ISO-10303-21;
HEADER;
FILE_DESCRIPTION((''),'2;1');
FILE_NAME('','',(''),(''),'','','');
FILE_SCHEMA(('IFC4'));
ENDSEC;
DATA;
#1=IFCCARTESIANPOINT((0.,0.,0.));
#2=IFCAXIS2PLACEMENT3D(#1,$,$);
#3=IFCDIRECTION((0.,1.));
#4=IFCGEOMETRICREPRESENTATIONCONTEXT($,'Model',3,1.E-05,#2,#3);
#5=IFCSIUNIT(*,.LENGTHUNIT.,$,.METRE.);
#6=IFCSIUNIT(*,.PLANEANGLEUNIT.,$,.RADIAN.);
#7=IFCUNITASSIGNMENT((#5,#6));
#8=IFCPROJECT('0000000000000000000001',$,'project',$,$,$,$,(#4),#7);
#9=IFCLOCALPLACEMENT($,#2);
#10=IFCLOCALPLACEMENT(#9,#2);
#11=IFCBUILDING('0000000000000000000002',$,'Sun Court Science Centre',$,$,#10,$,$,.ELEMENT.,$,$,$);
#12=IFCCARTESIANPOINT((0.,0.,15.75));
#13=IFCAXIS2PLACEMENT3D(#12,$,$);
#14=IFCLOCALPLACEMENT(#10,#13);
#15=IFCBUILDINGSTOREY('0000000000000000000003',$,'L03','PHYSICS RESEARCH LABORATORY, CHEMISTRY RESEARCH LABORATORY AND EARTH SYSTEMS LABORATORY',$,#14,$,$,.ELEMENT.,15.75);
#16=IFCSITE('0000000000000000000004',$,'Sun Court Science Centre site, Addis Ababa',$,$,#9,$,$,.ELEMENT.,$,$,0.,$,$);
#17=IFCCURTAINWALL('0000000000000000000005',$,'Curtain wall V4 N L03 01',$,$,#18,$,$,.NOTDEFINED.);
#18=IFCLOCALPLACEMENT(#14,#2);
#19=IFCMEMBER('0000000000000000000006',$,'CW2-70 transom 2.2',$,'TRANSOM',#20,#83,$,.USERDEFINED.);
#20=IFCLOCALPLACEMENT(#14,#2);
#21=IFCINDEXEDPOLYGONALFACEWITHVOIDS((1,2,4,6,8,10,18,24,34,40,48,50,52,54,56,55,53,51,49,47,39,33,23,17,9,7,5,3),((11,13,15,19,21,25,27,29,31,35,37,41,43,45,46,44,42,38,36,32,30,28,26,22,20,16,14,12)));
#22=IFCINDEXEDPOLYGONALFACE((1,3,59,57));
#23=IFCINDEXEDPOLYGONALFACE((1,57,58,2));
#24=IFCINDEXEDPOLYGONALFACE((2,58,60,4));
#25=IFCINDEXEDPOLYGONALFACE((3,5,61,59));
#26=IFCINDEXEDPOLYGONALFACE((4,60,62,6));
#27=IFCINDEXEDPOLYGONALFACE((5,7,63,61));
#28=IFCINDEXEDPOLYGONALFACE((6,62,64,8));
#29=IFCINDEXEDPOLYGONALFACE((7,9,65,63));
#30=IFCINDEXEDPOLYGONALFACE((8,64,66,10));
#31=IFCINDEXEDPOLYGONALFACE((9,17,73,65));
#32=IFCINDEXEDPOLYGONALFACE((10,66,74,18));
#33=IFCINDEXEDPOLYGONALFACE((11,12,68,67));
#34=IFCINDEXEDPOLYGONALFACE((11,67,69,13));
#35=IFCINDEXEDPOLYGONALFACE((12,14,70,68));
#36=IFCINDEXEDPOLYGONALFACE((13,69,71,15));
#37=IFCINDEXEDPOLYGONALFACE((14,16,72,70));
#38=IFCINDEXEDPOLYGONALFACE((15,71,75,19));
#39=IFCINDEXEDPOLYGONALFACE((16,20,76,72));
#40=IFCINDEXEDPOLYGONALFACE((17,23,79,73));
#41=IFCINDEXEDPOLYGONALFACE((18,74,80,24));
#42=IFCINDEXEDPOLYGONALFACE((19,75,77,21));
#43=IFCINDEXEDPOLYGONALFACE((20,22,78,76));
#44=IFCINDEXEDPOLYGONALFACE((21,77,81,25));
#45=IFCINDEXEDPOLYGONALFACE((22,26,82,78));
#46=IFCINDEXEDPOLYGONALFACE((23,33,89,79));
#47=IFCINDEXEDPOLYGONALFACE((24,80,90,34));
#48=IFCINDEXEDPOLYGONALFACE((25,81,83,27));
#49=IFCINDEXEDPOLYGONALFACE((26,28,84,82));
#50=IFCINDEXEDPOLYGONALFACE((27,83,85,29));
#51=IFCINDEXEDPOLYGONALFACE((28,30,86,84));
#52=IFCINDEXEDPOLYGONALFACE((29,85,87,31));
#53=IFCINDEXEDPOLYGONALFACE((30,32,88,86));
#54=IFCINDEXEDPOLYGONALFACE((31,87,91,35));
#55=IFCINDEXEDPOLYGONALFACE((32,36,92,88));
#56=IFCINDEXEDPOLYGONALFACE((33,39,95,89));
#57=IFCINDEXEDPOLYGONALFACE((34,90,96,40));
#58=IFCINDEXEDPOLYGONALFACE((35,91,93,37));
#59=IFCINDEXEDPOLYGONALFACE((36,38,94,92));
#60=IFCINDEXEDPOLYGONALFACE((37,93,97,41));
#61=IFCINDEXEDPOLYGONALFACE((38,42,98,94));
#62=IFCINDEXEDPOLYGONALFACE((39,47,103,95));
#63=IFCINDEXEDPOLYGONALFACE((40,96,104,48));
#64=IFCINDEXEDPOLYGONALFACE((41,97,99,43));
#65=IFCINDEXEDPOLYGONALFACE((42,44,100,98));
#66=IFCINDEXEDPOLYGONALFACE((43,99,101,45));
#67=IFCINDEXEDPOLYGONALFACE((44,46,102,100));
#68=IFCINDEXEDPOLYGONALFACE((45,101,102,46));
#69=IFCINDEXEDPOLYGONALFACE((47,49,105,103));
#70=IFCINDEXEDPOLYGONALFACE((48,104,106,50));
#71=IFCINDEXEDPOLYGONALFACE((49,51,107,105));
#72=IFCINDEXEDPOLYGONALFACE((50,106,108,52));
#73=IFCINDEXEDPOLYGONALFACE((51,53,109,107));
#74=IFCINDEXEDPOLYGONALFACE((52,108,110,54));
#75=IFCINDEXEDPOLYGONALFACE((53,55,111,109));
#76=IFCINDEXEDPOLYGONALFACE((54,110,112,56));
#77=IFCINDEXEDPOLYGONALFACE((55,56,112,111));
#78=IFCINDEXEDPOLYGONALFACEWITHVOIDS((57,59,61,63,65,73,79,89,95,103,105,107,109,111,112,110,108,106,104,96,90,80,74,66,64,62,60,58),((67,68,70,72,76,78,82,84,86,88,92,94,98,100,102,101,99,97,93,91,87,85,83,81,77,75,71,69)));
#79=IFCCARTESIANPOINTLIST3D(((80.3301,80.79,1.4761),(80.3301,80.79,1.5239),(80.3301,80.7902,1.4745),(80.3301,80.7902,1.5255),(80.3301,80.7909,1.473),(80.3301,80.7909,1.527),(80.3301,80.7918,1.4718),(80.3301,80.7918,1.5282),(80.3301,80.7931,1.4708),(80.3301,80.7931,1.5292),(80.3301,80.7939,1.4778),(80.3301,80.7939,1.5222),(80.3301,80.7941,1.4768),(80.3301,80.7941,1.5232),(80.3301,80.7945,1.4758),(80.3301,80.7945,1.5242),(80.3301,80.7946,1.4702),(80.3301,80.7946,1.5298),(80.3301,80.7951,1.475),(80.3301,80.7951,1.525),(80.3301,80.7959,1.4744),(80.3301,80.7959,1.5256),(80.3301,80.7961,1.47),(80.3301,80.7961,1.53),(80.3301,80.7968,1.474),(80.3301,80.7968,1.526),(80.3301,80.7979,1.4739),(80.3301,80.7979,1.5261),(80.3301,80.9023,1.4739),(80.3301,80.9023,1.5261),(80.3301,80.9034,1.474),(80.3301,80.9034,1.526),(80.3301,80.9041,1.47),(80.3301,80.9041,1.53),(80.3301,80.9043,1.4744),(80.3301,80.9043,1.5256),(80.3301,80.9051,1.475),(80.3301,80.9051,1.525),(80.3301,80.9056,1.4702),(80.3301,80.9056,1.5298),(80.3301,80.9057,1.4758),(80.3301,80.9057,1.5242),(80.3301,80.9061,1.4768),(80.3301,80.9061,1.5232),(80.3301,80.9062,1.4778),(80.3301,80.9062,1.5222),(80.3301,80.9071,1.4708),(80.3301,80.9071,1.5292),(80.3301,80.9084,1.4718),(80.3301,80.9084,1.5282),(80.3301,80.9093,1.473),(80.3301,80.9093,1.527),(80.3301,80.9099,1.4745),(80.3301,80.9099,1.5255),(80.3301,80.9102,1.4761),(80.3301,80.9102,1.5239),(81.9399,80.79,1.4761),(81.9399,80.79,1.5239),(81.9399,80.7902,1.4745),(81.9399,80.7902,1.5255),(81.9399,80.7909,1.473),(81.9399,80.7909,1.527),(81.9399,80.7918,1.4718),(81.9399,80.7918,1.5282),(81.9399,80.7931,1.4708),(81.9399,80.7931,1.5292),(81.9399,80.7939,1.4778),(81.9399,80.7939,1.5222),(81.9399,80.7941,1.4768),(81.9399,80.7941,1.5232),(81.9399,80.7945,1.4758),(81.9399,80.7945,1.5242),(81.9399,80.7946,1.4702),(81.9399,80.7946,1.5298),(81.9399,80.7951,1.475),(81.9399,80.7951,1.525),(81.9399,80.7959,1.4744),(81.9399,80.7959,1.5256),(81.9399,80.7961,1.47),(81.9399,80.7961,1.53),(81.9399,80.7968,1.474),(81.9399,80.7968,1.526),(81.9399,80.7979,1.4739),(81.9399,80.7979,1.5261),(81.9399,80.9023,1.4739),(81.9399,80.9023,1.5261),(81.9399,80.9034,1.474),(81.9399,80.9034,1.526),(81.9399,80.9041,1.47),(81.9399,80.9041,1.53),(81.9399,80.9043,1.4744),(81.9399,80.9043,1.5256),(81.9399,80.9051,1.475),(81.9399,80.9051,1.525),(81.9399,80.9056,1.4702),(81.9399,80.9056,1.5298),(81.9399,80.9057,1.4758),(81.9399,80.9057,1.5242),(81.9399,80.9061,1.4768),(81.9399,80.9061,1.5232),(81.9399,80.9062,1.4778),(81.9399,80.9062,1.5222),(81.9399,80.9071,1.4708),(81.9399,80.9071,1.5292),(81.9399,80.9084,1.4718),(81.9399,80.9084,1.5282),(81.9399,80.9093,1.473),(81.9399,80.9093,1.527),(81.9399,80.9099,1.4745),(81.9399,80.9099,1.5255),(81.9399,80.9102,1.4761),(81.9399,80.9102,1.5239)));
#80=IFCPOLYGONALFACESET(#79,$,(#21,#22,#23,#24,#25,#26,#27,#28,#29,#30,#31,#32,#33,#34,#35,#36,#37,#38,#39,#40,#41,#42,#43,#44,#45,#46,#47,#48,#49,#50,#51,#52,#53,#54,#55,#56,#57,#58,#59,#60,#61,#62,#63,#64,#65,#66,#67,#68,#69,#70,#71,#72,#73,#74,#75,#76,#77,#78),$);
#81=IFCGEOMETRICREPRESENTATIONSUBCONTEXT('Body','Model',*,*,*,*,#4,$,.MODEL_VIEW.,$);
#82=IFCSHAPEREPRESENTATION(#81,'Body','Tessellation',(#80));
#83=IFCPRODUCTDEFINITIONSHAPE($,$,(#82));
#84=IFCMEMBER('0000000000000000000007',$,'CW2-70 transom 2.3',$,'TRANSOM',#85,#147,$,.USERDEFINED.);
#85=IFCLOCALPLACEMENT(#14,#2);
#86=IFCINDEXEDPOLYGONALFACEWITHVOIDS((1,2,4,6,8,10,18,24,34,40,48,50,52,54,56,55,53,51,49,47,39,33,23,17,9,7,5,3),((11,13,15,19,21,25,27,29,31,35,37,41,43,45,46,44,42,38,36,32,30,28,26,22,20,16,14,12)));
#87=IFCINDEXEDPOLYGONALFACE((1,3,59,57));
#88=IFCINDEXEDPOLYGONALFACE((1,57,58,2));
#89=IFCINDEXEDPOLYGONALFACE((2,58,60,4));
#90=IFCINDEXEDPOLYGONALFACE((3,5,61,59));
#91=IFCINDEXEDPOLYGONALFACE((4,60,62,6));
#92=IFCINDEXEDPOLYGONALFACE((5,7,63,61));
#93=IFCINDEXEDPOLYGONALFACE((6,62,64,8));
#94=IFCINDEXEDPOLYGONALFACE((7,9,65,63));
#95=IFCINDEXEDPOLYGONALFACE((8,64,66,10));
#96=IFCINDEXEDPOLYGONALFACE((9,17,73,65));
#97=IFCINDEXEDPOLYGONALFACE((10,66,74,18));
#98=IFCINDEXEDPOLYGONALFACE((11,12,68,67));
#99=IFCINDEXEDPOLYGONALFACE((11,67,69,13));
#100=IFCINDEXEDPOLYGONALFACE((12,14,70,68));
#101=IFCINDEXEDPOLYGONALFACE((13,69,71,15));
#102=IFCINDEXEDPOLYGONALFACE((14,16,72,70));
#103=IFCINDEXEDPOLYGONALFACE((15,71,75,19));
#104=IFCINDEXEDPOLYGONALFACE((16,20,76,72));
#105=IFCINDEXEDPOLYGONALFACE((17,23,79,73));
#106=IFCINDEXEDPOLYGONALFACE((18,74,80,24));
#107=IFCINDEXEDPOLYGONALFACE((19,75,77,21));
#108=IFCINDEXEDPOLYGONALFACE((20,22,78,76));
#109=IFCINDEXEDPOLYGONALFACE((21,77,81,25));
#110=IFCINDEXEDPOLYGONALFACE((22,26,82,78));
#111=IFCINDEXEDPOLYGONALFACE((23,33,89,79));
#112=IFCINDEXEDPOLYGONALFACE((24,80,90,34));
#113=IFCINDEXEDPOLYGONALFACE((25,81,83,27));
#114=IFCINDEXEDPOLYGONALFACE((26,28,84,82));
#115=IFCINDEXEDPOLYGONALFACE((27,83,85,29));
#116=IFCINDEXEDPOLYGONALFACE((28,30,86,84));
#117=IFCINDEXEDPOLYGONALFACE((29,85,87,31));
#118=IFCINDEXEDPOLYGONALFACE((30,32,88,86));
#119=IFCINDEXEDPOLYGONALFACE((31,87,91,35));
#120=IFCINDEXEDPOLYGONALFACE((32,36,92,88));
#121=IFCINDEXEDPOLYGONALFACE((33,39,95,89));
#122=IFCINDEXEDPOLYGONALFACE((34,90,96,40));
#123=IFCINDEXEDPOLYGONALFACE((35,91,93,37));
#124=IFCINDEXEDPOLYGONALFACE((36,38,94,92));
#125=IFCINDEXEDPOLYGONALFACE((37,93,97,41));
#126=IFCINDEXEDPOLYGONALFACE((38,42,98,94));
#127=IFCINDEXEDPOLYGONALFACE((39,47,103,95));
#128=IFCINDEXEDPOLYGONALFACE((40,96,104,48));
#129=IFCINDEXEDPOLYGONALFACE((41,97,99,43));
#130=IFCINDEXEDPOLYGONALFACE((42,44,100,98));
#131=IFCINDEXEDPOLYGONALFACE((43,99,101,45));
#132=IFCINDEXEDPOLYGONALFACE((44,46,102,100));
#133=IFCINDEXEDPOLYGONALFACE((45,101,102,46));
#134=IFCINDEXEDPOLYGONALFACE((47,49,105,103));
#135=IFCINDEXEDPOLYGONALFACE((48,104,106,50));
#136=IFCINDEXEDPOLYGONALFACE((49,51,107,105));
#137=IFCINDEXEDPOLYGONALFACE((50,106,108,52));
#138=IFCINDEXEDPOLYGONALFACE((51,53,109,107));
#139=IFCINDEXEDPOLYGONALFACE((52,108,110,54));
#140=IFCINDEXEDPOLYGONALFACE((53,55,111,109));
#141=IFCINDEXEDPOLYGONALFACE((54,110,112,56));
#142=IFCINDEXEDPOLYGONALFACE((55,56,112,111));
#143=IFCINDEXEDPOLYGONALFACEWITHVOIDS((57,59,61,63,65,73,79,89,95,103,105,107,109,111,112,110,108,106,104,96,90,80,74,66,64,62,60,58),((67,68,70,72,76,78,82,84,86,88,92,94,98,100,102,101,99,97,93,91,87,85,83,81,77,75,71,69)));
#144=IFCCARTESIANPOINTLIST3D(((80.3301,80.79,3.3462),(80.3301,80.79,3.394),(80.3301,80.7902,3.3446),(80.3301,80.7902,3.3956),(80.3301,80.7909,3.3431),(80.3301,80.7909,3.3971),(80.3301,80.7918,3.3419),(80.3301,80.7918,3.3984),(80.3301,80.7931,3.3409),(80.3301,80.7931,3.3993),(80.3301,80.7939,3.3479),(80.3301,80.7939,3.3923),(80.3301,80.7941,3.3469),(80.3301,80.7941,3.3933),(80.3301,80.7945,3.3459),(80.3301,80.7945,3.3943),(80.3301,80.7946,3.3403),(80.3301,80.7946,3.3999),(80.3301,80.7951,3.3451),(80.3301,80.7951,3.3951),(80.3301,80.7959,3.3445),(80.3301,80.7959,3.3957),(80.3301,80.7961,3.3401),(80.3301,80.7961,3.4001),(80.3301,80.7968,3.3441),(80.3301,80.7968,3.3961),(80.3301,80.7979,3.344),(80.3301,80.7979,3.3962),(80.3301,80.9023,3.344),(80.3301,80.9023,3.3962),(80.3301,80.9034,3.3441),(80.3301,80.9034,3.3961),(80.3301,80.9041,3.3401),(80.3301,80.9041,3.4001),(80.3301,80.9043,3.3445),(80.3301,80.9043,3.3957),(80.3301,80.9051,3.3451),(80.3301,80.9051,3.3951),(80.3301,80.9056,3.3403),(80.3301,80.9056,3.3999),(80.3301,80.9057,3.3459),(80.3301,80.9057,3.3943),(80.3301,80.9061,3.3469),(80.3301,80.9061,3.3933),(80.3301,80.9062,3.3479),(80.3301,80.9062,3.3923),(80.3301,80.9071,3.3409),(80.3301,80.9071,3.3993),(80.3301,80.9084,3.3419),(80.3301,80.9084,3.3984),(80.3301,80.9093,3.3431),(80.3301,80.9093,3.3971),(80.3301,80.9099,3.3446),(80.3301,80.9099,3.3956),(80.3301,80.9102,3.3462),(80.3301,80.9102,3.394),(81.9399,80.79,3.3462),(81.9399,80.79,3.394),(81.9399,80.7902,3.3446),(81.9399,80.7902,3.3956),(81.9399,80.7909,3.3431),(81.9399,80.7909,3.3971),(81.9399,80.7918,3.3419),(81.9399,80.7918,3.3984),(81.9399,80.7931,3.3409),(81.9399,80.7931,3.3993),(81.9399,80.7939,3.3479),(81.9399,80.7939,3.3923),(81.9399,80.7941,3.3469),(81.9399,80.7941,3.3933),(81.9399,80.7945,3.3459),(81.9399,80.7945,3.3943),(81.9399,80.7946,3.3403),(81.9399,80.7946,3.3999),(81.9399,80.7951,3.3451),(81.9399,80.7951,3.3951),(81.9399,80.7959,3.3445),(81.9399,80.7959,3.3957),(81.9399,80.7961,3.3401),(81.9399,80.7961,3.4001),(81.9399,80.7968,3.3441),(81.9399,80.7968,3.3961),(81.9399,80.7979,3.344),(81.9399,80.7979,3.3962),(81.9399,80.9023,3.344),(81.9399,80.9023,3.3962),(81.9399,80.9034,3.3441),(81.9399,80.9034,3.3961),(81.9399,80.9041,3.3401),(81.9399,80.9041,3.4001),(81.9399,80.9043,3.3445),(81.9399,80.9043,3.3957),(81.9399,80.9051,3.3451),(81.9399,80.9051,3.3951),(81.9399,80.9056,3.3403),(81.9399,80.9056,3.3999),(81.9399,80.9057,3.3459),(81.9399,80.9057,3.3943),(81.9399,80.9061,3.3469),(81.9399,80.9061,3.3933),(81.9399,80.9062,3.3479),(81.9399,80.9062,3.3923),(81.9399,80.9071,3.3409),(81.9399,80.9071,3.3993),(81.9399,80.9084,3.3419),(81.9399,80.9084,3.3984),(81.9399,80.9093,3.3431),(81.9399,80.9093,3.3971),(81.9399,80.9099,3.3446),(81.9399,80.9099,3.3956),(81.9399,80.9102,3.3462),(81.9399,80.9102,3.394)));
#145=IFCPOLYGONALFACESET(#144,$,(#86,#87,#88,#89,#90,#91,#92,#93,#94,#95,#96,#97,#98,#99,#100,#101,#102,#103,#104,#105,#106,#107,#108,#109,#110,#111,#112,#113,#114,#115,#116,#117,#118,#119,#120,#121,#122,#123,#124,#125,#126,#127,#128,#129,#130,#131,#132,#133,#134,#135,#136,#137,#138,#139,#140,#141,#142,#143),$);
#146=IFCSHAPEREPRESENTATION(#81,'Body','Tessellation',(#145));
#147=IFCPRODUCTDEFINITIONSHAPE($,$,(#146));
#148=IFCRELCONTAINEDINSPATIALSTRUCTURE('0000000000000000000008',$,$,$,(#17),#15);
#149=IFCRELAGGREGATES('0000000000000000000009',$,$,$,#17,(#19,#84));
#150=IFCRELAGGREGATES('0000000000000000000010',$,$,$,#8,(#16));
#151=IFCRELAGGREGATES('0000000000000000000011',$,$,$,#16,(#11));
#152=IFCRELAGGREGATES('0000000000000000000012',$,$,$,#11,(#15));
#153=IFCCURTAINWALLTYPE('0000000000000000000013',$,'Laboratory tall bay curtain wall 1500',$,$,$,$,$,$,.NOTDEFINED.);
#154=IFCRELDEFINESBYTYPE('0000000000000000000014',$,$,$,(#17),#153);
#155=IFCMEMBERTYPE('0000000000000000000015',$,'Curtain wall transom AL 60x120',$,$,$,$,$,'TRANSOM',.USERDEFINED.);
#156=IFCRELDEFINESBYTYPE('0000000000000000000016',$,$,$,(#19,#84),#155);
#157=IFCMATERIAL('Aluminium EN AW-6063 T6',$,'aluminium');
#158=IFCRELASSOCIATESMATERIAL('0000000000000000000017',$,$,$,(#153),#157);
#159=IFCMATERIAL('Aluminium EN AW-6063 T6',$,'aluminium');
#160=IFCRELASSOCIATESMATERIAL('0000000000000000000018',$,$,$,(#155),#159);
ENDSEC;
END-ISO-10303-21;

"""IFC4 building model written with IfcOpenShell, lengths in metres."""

from ifc_helpers import new_model, si_unit, direction, frame, origin, origin_2d, place, context, subcontext, project, spatial, hollow_rectangle, extrude, material, material_profile, profile_set, type_object, element, aggregate, save


model = new_model("IFC4")

# Units and contexts
model_context = context("Model", 3, precision=1e-05, world=origin(), true_north=direction((0.0, 1.0)))
body_context = subcontext(model_context, "Body", "Model", "MODEL_VIEW")
ifc_project = project(units=[si_unit("LENGTHUNIT", "METRE"), si_unit("PLANEANGLEUNIT", "RADIAN")], contexts=[model_context])

# Site, building, storey
site_placement = place(None, origin())
site = spatial("IfcSite", under=ifc_project, at=site_placement, Name="Sun Court Science Centre site, Addis Ababa", CompositionType="ELEMENT", RefElevation=0.0)
building_placement = place(site_placement, origin())
building = spatial("IfcBuilding", under=site, at=building_placement, Name="Sun Court Science Centre", CompositionType="ELEMENT")
storey_placement = place(building_placement, frame((0.0, 0.0, 15.75)))
storey = spatial("IfcBuildingStorey", under=building, at=storey_placement, Name="L03", Description="PHYSICS RESEARCH LABORATORY, CHEMISTRY RESEARCH LABORATORY AND EARTH SYSTEMS LABORATORY", CompositionType="ELEMENT", Elevation=15.75)

# Curtain wall
ifc_material_1 = material(Name="Aluminium EN AW-6063 T6", Category="aluminium")
curtain_wall_type = type_object("IfcCurtainWallType", Name="Laboratory tall bay curtain wall 1500", PredefinedType="NOTDEFINED", material=ifc_material_1)
curtain_wall_1_placement = place(storey_placement, origin())
curtain_wall_1 = element("IfcCurtainWall", 1, at=curtain_wall_1_placement, inside=storey, type_object=curtain_wall_type, Name="Curtain wall V4 N L03 01", PredefinedType="NOTDEFINED")

# Members
ifc_material_2 = material(Name="Aluminium EN AW-6063 T6", Category="aluminium")
ifc_material_profile_1 = material_profile(ifc_material_2, hollow_rectangle(XDim=0.0601, YDim=0.1201, WallThickness=0.0039, InnerFilletRadius=0.0039, OuterFilletRadius=0.0061, at=origin_2d()), Name="AL 60x120x4")
ifc_profile_set_1 = profile_set([ifc_material_profile_1], Name="Aluminium EN AW-6063 T6")
member_type_1 = type_object("IfcMemberType", Name="Curtain wall transom AL 60x120", ElementType="TRANSOM", PredefinedType="USERDEFINED", material=ifc_profile_set_1)
member_1_placement = place(storey_placement, frame((80.3301, 80.8501, 1.5), z_axis=(1.0, 0.0, 0.0), x_axis=(0.0, 0.0, 1.0)))
member_1 = element("IfcMember", 2, at=member_1_placement, type_object=member_type_1, Name="CW2-70 transom 2.2", ObjectType="TRANSOM", PredefinedType="USERDEFINED", context=body_context, shape_type="SweptSolid", body=[
    extrude(hollow_rectangle(XDim=0.0601, YDim=0.1201, WallThickness=0.0039, InnerFilletRadius=0.0039, OuterFilletRadius=0.0061, at=origin_2d()), origin(), (0.0, 0.0, 1.0), 1.6099),
])
member_2_placement = place(storey_placement, frame((80.3301, 80.8501, 3.3701), z_axis=(1.0, 0.0, 0.0), x_axis=(0.0, 0.0, 1.0)))
member_2 = element("IfcMember", 3, at=member_2_placement, type_object=member_type_1, Name="CW2-70 transom 2.3", ObjectType="TRANSOM", PredefinedType="USERDEFINED", context=body_context, shape_type="SweptSolid", body=[
    extrude(hollow_rectangle(XDim=0.0601, YDim=0.1201, WallThickness=0.0039, InnerFilletRadius=0.0039, OuterFilletRadius=0.0061, at=origin_2d()), origin(), (0.0, 0.0, 1.0), 1.6099),
])

aggregate(curtain_wall_1, [member_1, member_2])

save(model, "model.ifc")
